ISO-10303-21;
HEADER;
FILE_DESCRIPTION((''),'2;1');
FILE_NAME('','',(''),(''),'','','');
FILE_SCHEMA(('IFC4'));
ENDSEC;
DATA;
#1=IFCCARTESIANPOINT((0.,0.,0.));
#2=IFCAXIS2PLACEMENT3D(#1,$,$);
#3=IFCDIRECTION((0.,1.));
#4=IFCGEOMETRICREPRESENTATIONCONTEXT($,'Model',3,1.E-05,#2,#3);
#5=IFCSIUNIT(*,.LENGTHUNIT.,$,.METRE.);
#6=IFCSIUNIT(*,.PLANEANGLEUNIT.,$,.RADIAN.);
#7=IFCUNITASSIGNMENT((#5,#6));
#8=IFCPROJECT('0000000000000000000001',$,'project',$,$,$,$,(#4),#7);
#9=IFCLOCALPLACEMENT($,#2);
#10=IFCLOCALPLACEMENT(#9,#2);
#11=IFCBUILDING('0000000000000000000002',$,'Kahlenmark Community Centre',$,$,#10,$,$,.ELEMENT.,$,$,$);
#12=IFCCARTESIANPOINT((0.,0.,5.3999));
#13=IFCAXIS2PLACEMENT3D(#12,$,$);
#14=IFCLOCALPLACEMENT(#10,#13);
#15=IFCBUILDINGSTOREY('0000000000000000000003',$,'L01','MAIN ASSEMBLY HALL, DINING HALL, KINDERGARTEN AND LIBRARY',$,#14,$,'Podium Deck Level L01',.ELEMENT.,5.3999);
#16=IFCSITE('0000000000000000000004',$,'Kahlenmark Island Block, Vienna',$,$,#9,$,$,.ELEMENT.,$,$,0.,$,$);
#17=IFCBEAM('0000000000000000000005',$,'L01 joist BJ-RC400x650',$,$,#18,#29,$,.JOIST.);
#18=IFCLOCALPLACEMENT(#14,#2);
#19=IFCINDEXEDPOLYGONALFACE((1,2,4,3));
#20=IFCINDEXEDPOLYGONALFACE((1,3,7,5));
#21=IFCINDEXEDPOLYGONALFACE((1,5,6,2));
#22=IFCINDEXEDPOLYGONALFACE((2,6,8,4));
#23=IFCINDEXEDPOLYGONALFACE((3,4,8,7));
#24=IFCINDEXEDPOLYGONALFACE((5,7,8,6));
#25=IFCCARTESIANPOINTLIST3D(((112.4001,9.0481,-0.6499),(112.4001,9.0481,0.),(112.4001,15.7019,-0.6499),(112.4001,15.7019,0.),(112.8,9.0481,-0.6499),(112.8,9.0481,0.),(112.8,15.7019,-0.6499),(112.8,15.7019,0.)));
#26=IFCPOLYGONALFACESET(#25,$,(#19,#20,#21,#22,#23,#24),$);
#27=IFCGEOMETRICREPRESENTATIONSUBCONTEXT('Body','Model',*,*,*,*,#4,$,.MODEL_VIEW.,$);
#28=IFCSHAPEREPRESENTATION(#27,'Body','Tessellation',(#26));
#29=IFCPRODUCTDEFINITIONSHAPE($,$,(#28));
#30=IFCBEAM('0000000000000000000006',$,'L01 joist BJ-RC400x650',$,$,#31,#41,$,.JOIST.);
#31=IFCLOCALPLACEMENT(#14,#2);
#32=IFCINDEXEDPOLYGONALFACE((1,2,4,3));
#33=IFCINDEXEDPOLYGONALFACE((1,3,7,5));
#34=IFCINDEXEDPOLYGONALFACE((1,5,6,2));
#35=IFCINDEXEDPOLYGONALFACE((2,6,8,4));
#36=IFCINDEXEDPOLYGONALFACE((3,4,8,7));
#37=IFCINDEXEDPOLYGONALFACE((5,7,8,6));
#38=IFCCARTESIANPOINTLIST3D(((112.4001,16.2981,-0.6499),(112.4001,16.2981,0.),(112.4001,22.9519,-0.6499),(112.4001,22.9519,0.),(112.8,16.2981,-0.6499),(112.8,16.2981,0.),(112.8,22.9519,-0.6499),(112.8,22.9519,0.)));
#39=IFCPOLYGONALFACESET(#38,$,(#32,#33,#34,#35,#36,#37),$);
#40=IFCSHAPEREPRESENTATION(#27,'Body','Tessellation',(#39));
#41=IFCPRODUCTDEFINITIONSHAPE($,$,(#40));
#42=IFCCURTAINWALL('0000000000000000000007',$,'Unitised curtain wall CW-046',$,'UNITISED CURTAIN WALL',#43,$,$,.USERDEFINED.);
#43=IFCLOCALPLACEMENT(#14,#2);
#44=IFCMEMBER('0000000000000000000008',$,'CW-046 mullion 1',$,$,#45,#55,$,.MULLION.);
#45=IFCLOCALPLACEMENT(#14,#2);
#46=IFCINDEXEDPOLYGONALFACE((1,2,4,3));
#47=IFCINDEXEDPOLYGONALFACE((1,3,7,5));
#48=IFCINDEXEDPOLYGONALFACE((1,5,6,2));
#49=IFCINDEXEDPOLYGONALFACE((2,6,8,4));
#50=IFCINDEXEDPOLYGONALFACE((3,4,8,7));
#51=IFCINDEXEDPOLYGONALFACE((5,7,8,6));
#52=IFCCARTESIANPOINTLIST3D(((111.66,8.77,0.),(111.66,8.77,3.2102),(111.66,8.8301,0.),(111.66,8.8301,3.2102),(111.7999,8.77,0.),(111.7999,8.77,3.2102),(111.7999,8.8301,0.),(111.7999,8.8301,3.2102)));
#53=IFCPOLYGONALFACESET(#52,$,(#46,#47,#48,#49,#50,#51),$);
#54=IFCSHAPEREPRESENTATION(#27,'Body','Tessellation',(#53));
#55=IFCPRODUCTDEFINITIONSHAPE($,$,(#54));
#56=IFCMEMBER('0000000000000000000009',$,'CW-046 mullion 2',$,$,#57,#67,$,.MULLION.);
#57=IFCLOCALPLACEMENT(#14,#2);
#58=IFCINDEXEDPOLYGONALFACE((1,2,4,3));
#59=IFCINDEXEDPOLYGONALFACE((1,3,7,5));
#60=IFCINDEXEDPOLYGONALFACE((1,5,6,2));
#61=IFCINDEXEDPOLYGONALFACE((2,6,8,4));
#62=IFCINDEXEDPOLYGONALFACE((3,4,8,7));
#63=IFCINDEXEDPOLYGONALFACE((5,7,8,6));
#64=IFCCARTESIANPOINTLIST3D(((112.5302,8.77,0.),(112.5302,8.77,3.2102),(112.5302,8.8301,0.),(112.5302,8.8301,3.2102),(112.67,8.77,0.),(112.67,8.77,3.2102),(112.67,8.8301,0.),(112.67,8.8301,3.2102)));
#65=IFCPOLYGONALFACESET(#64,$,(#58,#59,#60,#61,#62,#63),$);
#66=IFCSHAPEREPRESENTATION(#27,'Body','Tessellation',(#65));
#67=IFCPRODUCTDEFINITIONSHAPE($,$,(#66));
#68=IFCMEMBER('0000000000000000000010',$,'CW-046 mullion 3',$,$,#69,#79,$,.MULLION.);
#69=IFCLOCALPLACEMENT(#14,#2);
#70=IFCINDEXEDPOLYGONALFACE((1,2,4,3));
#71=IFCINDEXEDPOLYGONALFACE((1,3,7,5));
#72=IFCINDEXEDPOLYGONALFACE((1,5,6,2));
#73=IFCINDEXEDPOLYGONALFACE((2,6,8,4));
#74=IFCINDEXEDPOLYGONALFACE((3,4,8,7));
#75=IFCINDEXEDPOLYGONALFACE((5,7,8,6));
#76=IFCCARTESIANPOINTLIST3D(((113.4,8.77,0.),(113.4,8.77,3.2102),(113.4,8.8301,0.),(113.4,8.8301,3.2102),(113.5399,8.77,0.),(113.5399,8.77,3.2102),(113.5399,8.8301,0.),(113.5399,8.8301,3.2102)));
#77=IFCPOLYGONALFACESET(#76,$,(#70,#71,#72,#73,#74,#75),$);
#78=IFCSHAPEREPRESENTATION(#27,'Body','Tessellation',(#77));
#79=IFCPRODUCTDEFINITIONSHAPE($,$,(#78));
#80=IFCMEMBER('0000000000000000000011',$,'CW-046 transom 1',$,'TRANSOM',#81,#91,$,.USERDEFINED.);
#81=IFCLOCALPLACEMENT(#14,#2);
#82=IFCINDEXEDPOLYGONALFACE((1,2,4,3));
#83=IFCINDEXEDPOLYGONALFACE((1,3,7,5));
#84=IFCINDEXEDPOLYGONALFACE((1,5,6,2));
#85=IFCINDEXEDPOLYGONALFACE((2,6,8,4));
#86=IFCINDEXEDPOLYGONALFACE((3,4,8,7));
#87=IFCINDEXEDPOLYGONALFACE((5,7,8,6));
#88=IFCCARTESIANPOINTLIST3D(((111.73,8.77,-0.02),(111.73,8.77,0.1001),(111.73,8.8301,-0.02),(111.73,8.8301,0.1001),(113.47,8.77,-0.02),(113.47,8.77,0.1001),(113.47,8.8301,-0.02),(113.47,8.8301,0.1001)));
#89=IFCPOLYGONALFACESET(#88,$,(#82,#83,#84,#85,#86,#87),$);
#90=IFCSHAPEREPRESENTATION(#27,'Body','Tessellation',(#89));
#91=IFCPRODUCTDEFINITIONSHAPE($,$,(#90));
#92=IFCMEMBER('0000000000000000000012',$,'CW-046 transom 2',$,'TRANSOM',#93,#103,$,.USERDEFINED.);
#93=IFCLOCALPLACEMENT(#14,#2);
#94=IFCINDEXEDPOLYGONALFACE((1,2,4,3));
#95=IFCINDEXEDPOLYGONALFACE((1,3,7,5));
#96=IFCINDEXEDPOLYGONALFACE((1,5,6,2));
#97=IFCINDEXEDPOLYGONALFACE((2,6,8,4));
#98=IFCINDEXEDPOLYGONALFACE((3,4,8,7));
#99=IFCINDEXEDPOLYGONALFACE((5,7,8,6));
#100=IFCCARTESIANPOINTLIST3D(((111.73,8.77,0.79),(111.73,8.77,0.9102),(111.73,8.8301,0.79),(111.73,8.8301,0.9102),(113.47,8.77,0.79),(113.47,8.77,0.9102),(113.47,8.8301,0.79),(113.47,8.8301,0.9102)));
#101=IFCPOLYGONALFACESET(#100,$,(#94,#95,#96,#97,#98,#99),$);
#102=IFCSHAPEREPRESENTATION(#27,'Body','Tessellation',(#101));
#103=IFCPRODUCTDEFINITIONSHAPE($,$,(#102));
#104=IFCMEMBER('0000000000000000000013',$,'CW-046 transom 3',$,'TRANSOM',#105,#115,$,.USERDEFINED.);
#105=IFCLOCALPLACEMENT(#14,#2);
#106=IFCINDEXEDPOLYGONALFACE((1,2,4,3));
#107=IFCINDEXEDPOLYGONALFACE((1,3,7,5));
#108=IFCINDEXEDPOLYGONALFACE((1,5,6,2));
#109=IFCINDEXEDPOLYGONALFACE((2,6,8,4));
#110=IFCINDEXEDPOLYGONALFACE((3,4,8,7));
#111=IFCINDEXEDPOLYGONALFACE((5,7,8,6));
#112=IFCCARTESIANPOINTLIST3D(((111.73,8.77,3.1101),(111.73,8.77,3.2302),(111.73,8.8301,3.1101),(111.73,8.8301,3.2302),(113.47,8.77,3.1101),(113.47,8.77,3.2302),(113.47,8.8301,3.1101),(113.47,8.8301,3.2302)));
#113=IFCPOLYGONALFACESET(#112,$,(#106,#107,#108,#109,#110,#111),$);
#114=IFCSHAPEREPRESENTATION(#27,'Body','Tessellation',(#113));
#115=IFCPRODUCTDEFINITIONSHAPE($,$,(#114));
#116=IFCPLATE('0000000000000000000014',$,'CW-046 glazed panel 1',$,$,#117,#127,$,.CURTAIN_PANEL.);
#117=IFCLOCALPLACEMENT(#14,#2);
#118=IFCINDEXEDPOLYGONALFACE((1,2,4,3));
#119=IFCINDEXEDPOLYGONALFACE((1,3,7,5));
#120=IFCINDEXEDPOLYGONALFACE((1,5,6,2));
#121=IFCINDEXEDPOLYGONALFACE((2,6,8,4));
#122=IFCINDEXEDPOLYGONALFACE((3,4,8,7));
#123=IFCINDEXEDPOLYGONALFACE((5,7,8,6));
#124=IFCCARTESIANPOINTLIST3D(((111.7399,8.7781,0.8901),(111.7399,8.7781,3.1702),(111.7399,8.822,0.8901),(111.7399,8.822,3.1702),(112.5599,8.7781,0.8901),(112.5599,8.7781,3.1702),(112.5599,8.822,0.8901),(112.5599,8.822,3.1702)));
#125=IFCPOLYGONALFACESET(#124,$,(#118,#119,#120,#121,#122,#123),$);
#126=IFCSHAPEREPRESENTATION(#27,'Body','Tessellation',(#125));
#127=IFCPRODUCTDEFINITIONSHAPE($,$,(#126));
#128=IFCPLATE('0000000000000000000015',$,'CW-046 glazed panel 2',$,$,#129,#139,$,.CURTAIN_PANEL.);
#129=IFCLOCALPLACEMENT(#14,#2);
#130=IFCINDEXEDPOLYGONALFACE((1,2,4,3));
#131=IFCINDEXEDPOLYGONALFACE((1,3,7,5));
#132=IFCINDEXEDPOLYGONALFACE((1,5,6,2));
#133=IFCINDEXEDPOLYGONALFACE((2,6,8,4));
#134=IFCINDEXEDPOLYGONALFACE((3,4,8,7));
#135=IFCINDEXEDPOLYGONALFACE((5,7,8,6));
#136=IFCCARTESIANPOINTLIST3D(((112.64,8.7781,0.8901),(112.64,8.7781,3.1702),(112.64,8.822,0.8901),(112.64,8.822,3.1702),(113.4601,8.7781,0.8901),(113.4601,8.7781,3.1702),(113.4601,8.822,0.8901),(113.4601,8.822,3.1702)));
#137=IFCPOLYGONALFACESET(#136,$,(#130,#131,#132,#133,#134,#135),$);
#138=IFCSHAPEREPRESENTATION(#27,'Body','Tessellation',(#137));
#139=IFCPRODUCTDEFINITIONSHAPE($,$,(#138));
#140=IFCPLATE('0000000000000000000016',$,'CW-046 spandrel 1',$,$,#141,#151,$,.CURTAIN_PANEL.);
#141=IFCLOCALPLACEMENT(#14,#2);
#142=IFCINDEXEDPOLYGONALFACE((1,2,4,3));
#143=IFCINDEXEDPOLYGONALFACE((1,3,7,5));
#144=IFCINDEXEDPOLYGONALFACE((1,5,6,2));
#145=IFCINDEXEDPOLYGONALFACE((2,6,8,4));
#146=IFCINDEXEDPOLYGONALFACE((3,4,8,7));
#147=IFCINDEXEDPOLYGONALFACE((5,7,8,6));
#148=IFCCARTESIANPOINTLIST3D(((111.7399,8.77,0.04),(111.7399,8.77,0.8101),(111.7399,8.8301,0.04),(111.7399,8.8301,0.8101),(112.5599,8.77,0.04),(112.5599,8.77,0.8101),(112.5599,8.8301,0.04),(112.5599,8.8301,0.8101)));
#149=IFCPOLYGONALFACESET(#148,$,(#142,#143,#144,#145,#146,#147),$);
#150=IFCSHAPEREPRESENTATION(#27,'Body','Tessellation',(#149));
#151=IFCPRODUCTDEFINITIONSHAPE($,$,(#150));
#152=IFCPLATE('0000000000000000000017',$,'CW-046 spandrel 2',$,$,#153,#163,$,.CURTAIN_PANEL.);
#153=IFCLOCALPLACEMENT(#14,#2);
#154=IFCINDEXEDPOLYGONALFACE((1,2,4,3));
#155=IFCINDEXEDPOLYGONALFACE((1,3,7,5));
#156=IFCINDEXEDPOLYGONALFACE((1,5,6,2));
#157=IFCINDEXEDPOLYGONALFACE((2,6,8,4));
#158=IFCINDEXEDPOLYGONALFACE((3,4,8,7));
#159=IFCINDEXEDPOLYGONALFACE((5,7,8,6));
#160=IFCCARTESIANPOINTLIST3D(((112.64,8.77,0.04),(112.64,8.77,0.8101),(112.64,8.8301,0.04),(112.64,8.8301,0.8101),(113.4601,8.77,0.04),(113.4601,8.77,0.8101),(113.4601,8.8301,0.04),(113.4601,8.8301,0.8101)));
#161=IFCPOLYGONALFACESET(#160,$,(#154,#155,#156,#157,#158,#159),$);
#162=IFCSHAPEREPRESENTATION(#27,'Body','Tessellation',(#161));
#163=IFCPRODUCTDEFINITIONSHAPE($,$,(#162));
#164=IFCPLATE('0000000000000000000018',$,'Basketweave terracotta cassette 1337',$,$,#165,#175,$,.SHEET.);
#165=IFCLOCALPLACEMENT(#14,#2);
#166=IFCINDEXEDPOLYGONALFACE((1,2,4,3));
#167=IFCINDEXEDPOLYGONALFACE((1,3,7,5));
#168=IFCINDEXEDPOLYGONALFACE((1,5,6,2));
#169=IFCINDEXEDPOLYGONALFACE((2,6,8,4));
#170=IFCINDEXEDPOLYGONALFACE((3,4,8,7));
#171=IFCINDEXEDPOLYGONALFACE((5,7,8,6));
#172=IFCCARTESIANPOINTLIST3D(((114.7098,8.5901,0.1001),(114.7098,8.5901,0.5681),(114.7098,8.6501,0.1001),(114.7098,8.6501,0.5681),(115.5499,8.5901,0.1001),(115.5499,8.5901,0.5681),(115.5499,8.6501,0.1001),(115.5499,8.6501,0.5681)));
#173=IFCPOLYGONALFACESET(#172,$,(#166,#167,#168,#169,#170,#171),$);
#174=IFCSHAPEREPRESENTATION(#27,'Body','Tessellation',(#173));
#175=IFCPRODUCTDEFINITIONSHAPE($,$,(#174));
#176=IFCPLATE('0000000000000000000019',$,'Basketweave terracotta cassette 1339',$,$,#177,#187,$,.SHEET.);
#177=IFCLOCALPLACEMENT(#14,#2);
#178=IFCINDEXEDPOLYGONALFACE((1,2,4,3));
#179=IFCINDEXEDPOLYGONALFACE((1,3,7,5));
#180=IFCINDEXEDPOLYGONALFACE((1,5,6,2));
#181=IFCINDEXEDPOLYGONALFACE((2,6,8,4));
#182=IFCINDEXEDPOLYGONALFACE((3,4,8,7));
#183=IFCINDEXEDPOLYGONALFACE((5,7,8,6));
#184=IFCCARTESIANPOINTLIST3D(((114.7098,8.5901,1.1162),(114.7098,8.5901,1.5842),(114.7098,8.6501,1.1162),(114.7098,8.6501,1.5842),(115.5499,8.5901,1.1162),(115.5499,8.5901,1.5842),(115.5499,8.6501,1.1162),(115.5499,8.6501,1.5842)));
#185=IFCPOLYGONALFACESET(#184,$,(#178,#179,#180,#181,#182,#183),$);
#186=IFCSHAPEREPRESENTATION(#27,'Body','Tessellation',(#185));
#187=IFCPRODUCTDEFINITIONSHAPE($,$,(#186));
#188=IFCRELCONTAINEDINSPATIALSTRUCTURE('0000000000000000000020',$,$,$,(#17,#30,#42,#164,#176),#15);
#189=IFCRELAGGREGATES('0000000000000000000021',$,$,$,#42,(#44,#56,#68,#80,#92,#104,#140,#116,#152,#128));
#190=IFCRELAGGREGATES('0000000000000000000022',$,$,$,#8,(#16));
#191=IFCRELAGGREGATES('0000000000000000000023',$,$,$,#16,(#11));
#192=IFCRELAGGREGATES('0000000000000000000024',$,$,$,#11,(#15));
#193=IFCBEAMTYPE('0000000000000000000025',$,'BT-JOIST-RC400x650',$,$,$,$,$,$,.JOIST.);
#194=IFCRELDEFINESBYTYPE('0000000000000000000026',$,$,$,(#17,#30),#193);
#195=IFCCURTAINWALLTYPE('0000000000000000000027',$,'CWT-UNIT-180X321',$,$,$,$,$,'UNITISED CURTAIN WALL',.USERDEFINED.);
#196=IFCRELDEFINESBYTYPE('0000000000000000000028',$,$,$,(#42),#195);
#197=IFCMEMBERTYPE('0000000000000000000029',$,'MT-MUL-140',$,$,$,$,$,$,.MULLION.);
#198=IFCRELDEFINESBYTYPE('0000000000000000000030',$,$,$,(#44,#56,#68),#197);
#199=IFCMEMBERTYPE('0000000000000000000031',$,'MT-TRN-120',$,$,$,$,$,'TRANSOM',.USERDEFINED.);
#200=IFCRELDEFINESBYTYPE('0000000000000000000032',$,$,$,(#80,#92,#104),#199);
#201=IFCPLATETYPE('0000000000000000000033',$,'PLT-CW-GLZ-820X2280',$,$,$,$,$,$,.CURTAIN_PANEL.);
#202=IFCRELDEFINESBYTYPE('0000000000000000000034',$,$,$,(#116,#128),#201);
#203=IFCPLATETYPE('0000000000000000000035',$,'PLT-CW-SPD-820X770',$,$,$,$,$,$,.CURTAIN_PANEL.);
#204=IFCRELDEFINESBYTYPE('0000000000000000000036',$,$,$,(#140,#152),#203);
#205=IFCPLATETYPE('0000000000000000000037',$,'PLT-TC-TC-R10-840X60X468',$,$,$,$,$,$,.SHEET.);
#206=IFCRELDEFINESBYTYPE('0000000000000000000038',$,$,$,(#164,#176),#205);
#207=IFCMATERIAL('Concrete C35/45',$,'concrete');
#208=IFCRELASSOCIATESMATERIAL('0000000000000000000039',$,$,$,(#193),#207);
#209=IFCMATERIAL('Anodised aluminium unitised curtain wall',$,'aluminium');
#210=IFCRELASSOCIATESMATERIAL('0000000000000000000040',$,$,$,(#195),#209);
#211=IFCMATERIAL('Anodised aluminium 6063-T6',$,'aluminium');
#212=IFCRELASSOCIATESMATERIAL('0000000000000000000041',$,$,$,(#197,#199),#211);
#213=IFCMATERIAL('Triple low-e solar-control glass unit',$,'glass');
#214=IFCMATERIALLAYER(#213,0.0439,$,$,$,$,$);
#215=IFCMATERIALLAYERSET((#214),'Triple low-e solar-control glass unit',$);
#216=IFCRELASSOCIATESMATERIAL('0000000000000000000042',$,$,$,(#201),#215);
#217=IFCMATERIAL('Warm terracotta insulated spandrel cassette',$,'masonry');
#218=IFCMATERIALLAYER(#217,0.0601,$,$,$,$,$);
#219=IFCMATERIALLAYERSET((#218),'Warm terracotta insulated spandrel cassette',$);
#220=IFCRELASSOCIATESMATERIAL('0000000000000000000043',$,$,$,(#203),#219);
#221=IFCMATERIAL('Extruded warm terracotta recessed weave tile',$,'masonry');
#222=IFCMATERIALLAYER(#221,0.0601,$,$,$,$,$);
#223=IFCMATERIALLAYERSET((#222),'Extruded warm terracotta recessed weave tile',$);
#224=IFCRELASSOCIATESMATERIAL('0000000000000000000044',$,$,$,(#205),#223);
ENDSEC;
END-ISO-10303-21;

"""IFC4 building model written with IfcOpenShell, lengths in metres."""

from ifc_helpers import new_model, si_unit, direction, frame, origin, origin_2d, place, context, subcontext, project, spatial, rectangle, extrude, material, layer, layer_set, material_profile, profile_set, type_object, element, aggregate, save


model = new_model("IFC4")

# Units and contexts
model_context = context("Model", 3, precision=1e-05, world=origin(), true_north=direction((0.0, 1.0)))
body_context = subcontext(model_context, "Body", "Model", "MODEL_VIEW")
ifc_project = project(units=[si_unit("LENGTHUNIT", "METRE"), si_unit("PLANEANGLEUNIT", "RADIAN")], contexts=[model_context])

# Site, building, storey
site_placement = place(None, origin())
site = spatial("IfcSite", under=ifc_project, at=site_placement, Name="Kahlenmark Island Block, Vienna", CompositionType="ELEMENT", RefElevation=0.0)
building_placement = place(site_placement, origin())
building = spatial("IfcBuilding", under=site, at=building_placement, Name="Kahlenmark Community Centre", CompositionType="ELEMENT")
storey_placement = place(building_placement, frame((0.0, 0.0, 5.3999)))
storey = spatial("IfcBuildingStorey", under=building, at=storey_placement, Name="L01", Description="MAIN ASSEMBLY HALL, DINING HALL, KINDERGARTEN AND LIBRARY", LongName="Podium Deck Level L01", CompositionType="ELEMENT", Elevation=5.3999)

# Beams
ifc_material_1 = material(Name="Concrete C35/45", Category="concrete")
ifc_material_profile_1 = material_profile(ifc_material_1, rectangle(XDim=0.3999, YDim=0.6499, at=origin_2d()), Name="RC 400x650")
ifc_profile_set_1 = profile_set([ifc_material_profile_1], Name="Concrete C35/45")
beam_type = type_object("IfcBeamType", Name="BT-JOIST-RC400x650", PredefinedType="JOIST", material=ifc_profile_set_1)
for number, where, z_axis, x_axis, name in (
    (1, (112.6001, 9.0481, -0.325), (0.0, 1.0, 0.0), (-1.0, 0.0, 0.0), "L01 joist BJ-RC400x650"),
    (2, (112.6001, 16.2981, -0.325), (0.0, 1.0, 0.0), (-1.0, 0.0, 0.0), "L01 joist BJ-RC400x650"),
):
    element("IfcBeam", number, at=place(storey_placement, frame(where, z_axis=z_axis, x_axis=x_axis)), inside=storey, type_object=beam_type, Name=name, PredefinedType="JOIST", context=body_context, shape_type="SweptSolid", body=[
        extrude(rectangle(XDim=0.3999, YDim=0.6499, at=origin_2d()), origin(), (0.0, 0.0, 1.0), 6.6538),
    ])

# Curtain wall, members, plates
ifc_material_2 = material(Name="Anodised aluminium unitised curtain wall", Category="aluminium")
curtain_wall_type = type_object("IfcCurtainWallType", Name="CWT-UNIT-180X321", ElementType="UNITISED CURTAIN WALL", PredefinedType="USERDEFINED", material=ifc_material_2)
curtain_wall_placement = place(storey_placement, origin())
curtain_wall = element("IfcCurtainWall", 3, at=curtain_wall_placement, inside=storey, type_object=curtain_wall_type, Name="Unitised curtain wall CW-046", ObjectType="UNITISED CURTAIN WALL", PredefinedType="USERDEFINED")
ifc_material_3 = material(Name="Anodised aluminium 6063-T6", Category="aluminium")
ifc_material_profile_2 = material_profile(ifc_material_3, rectangle(XDim=0.0601, YDim=0.1399, at=origin_2d()), Name="ALU MULLION 60x140")
ifc_profile_set_2 = profile_set([ifc_material_profile_2], Name="Anodised aluminium 6063-T6")
member_type_1 = type_object("IfcMemberType", Name="MT-MUL-140", PredefinedType="MULLION", material=ifc_profile_set_2)
member_1_placement = place(storey_placement, frame((111.73, 8.8, 0.0), z_axis=(0.0, 0.0, 1.0), x_axis=(0.0, 1.0, 0.0)))
member_1 = element("IfcMember", 4, at=member_1_placement, type_object=member_type_1, Name="CW-046 mullion 1", PredefinedType="MULLION", context=body_context, shape_type="SweptSolid", body=[
    extrude(rectangle(XDim=0.0601, YDim=0.1399, at=origin_2d()), origin(), (0.0, 0.0, 1.0), 3.2102),
])
member_2_placement = place(storey_placement, frame((112.6001, 8.8, 0.0), z_axis=(0.0, 0.0, 1.0), x_axis=(0.0, 1.0, 0.0)))
member_2 = element("IfcMember", 5, at=member_2_placement, type_object=member_type_1, Name="CW-046 mullion 2", PredefinedType="MULLION", context=body_context, shape_type="SweptSolid", body=[
    extrude(rectangle(XDim=0.0601, YDim=0.1399, at=origin_2d()), origin(), (0.0, 0.0, 1.0), 3.2102),
])
member_3_placement = place(storey_placement, frame((113.47, 8.8, 0.0), z_axis=(0.0, 0.0, 1.0), x_axis=(0.0, 1.0, 0.0)))
member_3 = element("IfcMember", 6, at=member_3_placement, type_object=member_type_1, Name="CW-046 mullion 3", PredefinedType="MULLION", context=body_context, shape_type="SweptSolid", body=[
    extrude(rectangle(XDim=0.0601, YDim=0.1399, at=origin_2d()), origin(), (0.0, 0.0, 1.0), 3.2102),
])
ifc_material_profile_3 = material_profile(ifc_material_3, rectangle(XDim=0.0601, YDim=0.1201, at=origin_2d()), Name="ALU TRANSOM 60x120")
ifc_profile_set_3 = profile_set([ifc_material_profile_3], Name="Anodised aluminium 6063-T6")
member_type_2 = type_object("IfcMemberType", Name="MT-TRN-120", ElementType="TRANSOM", PredefinedType="USERDEFINED", material=ifc_profile_set_3)
member_4_placement = place(storey_placement, frame((111.73, 8.8, 0.04), z_axis=(1.0, 0.0, 0.0), x_axis=(0.0, 1.0, 0.0)))
member_4 = element("IfcMember", 7, at=member_4_placement, type_object=member_type_2, Name="CW-046 transom 1", ObjectType="TRANSOM", PredefinedType="USERDEFINED", context=body_context, shape_type="SweptSolid", body=[
    extrude(rectangle(XDim=0.0601, YDim=0.1201, at=origin_2d()), origin(), (0.0, 0.0, 1.0), 1.74),
])
member_5_placement = place(storey_placement, frame((111.73, 8.8, 0.8501), z_axis=(1.0, 0.0, 0.0), x_axis=(0.0, 1.0, 0.0)))
member_5 = element("IfcMember", 8, at=member_5_placement, type_object=member_type_2, Name="CW-046 transom 2", ObjectType="TRANSOM", PredefinedType="USERDEFINED", context=body_context, shape_type="SweptSolid", body=[
    extrude(rectangle(XDim=0.0601, YDim=0.1201, at=origin_2d()), origin(), (0.0, 0.0, 1.0), 1.74),
])
member_6_placement = place(storey_placement, frame((111.73, 8.8, 3.1702), z_axis=(1.0, 0.0, 0.0), x_axis=(0.0, 1.0, 0.0)))
member_6 = element("IfcMember", 9, at=member_6_placement, type_object=member_type_2, Name="CW-046 transom 3", ObjectType="TRANSOM", PredefinedType="USERDEFINED", context=body_context, shape_type="SweptSolid", body=[
    extrude(rectangle(XDim=0.0601, YDim=0.1201, at=origin_2d()), origin(), (0.0, 0.0, 1.0), 1.74),
])
ifc_material_4 = material(Name="Triple low-e solar-control glass unit", Category="glass")
ifc_layer_1 = layer(ifc_material_4, 0.0439)
ifc_layer_set_1 = layer_set([ifc_layer_1], Name="Triple low-e solar-control glass unit")
plate_type_1 = type_object("IfcPlateType", Name="PLT-CW-GLZ-820X2280", PredefinedType="CURTAIN_PANEL", material=ifc_layer_set_1)
plate_1_placement = place(storey_placement, frame((112.1499, 8.8, 0.8901), z_axis=(0.0, 0.0, 1.0), x_axis=(1.0, 0.0, 0.0)))
plate_1 = element("IfcPlate", 10, at=plate_1_placement, type_object=plate_type_1, Name="CW-046 glazed panel 1", PredefinedType="CURTAIN_PANEL", context=body_context, shape_type="SweptSolid", body=[
    extrude(rectangle(XDim=0.8201, YDim=0.0439, at=origin_2d()), origin(), (0.0, 0.0, 1.0), 2.28),
])
plate_2_placement = place(storey_placement, frame((113.05, 8.8, 0.8901), z_axis=(0.0, 0.0, 1.0), x_axis=(1.0, 0.0, 0.0)))
plate_2 = element("IfcPlate", 11, at=plate_2_placement, type_object=plate_type_1, Name="CW-046 glazed panel 2", PredefinedType="CURTAIN_PANEL", context=body_context, shape_type="SweptSolid", body=[
    extrude(rectangle(XDim=0.8201, YDim=0.0439, at=origin_2d()), origin(), (0.0, 0.0, 1.0), 2.28),
])
ifc_material_5 = material(Name="Warm terracotta insulated spandrel cassette", Category="masonry")
ifc_layer_2 = layer(ifc_material_5, 0.0601)
ifc_layer_set_2 = layer_set([ifc_layer_2], Name="Warm terracotta insulated spandrel cassette")
plate_type_2 = type_object("IfcPlateType", Name="PLT-CW-SPD-820X770", PredefinedType="CURTAIN_PANEL", material=ifc_layer_set_2)
plate_3_placement = place(storey_placement, frame((112.1499, 8.8, 0.04), z_axis=(0.0, 0.0, 1.0), x_axis=(1.0, 0.0, 0.0)))
plate_3 = element("IfcPlate", 12, at=plate_3_placement, type_object=plate_type_2, Name="CW-046 spandrel 1", PredefinedType="CURTAIN_PANEL", context=body_context, shape_type="SweptSolid", body=[
    extrude(rectangle(XDim=0.8201, YDim=0.0601, at=origin_2d()), origin(), (0.0, 0.0, 1.0), 0.77),
])
plate_4_placement = place(storey_placement, frame((113.05, 8.8, 0.04), z_axis=(0.0, 0.0, 1.0), x_axis=(1.0, 0.0, 0.0)))
plate_4 = element("IfcPlate", 13, at=plate_4_placement, type_object=plate_type_2, Name="CW-046 spandrel 2", PredefinedType="CURTAIN_PANEL", context=body_context, shape_type="SweptSolid", body=[
    extrude(rectangle(XDim=0.8201, YDim=0.0601, at=origin_2d()), origin(), (0.0, 0.0, 1.0), 0.77),
])
aggregate(curtain_wall, [member_1, member_2, member_3, member_4, member_5, member_6, plate_3, plate_1, plate_4, plate_2])

# Plates
ifc_material_6 = material(Name="Extruded warm terracotta recessed weave tile", Category="masonry")
ifc_layer_3 = layer(ifc_material_6, 0.0601)
ifc_layer_set_3 = layer_set([ifc_layer_3], Name="Extruded warm terracotta recessed weave tile")
plate_type_3 = type_object("IfcPlateType", Name="PLT-TC-TC-R10-840X60X468", PredefinedType="SHEET", material=ifc_layer_set_3)
for number, where, z_axis, x_axis, name in (
    (14, (115.1299, 8.6201, 0.1001), (0.0, 0.0, 1.0), (1.0, 0.0, 0.0), "Basketweave terracotta cassette 1337"),
    (15, (115.1299, 8.6201, 1.1162), (0.0, 0.0, 1.0), (1.0, 0.0, 0.0), "Basketweave terracotta cassette 1339"),
):
    element("IfcPlate", number, at=place(storey_placement, frame(where, z_axis=z_axis, x_axis=x_axis)), inside=storey, type_object=plate_type_3, Name=name, PredefinedType="SHEET", context=body_context, shape_type="SweptSolid", body=[
        extrude(rectangle(XDim=0.8401, YDim=0.0601, at=origin_2d()), origin(), (0.0, 0.0, 1.0), 0.468),
    ])

save(model, "model.ifc")
